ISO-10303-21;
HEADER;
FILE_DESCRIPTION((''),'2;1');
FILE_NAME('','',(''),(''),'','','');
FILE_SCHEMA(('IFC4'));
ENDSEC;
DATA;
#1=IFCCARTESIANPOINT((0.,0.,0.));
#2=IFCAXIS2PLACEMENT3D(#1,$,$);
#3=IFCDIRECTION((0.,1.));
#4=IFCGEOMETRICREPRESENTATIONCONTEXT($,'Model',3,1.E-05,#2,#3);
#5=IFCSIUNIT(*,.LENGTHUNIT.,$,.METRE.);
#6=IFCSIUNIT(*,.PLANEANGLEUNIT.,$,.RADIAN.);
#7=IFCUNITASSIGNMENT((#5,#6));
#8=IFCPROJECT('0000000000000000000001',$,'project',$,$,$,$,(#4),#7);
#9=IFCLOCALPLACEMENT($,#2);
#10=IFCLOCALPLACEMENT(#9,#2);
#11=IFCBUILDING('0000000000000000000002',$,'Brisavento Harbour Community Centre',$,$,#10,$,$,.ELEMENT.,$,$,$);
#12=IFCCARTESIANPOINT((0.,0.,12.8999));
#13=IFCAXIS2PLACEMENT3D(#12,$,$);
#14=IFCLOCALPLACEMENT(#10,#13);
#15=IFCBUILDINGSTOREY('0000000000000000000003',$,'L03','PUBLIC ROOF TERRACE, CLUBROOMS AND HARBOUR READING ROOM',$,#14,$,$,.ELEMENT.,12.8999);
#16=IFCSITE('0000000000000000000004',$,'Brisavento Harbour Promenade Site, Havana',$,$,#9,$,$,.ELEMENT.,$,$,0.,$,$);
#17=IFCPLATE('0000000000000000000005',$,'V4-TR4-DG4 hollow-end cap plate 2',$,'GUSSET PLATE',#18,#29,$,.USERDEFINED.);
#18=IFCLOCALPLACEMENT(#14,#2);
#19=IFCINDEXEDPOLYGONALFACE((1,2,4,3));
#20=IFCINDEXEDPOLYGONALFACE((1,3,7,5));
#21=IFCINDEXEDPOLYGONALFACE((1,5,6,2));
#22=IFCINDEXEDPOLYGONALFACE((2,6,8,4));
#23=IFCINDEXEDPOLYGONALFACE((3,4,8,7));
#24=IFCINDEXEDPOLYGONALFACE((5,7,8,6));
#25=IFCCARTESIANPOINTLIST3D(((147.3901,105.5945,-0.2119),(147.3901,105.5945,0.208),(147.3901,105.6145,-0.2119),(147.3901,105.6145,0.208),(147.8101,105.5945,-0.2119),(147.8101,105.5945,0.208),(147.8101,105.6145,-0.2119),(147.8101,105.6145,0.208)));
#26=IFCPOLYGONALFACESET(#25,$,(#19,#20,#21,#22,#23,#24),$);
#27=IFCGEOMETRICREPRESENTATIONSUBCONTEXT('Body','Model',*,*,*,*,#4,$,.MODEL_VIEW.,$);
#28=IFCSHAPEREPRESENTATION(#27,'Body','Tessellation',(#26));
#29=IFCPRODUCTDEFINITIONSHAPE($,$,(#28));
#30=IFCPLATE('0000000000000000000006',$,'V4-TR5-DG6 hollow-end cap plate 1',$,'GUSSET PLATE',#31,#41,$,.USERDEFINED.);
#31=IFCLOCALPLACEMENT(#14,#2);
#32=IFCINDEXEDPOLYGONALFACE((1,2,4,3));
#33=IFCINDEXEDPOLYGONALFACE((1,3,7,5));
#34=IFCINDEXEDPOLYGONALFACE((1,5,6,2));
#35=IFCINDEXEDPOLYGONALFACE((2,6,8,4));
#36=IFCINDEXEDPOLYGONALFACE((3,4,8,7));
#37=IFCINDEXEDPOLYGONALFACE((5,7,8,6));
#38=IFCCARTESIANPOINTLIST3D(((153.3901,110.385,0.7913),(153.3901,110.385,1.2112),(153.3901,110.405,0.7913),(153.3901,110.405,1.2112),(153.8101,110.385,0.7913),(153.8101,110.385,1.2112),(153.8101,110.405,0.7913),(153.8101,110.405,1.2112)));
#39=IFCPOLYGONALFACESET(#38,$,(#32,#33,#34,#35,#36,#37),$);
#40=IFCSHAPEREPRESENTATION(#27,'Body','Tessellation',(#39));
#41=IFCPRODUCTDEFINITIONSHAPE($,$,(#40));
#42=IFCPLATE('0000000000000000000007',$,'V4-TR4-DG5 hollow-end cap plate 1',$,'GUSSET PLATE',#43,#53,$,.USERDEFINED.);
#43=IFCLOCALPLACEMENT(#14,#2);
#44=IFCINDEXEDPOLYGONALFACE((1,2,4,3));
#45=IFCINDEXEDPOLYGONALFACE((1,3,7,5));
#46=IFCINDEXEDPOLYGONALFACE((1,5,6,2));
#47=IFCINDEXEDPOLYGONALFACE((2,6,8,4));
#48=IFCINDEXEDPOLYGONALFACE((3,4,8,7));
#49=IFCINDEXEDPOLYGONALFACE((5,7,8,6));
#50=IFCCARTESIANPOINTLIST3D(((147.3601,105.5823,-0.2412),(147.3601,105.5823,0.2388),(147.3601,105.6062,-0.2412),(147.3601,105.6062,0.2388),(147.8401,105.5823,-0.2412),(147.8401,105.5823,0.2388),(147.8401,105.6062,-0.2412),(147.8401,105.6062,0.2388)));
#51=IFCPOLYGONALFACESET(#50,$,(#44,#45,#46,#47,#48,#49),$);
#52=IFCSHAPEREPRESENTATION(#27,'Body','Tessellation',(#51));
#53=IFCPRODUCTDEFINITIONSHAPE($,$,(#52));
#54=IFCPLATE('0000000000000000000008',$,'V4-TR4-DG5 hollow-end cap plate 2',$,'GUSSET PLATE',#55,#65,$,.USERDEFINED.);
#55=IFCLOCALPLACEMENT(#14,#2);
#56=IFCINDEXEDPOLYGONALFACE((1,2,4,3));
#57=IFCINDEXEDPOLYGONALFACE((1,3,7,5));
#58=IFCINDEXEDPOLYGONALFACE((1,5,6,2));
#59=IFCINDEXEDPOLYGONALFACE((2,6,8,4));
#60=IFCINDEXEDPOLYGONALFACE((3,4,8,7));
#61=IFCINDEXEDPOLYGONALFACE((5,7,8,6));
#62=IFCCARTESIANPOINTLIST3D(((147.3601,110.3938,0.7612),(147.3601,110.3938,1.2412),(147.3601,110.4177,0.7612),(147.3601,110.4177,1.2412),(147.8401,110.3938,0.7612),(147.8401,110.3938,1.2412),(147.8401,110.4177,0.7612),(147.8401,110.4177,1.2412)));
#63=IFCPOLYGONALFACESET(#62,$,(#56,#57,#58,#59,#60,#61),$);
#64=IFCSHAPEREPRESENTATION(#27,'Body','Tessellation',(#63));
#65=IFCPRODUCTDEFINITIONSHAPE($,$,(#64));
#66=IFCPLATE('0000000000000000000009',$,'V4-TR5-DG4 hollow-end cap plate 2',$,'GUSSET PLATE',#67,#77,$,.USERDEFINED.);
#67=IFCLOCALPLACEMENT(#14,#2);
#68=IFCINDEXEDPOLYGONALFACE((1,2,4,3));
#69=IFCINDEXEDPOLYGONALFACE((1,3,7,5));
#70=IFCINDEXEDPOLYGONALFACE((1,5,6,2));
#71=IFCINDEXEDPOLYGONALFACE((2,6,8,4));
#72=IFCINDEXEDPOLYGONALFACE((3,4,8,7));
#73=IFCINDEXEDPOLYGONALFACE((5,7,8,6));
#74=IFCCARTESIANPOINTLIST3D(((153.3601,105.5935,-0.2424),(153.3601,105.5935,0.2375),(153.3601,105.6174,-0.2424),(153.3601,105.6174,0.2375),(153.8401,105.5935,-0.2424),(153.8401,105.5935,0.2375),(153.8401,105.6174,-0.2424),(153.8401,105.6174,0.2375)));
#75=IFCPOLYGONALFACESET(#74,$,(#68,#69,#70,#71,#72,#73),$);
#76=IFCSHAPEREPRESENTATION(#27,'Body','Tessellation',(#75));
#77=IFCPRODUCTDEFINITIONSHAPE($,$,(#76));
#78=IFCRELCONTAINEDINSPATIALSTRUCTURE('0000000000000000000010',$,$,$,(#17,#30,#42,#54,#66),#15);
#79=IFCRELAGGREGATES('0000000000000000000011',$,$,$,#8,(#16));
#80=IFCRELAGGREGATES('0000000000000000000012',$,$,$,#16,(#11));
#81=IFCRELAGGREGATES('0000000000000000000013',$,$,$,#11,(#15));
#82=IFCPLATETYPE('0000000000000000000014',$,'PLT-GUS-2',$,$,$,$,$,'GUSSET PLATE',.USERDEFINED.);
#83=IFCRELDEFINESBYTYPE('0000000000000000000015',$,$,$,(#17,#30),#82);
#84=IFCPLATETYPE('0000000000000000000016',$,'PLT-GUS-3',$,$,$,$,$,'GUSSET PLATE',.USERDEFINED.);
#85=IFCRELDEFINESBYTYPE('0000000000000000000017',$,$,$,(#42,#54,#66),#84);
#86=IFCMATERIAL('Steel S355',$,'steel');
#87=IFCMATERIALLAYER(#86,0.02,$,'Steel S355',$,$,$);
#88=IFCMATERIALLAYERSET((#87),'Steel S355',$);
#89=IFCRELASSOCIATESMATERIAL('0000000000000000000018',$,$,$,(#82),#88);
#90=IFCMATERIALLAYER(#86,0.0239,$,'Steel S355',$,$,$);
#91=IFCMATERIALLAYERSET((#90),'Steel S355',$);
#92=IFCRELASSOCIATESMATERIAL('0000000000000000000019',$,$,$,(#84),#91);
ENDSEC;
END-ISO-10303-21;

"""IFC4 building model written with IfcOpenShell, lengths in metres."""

from ifc_helpers import new_model, si_unit, direction, frame, origin, origin_2d, place, context, subcontext, project, spatial, rectangle, extrude, material, layer, layer_set, type_object, element, save


model = new_model("IFC4")

# Units and contexts
model_context = context("Model", 3, precision=1e-05, world=origin(), true_north=direction((0.0, 1.0)))
body_context = subcontext(model_context, "Body", "Model", "MODEL_VIEW")
ifc_project = project(units=[si_unit("LENGTHUNIT", "METRE"), si_unit("PLANEANGLEUNIT", "RADIAN")], contexts=[model_context])

# Site, building, storey
site_placement = place(None, origin())
site = spatial("IfcSite", under=ifc_project, at=site_placement, Name="Brisavento Harbour Promenade Site, Havana", CompositionType="ELEMENT", RefElevation=0.0)
building_placement = place(site_placement, origin())
building = spatial("IfcBuilding", under=site, at=building_placement, Name="Brisavento Harbour Community Centre", CompositionType="ELEMENT")
storey_placement = place(building_placement, frame((0.0, 0.0, 12.8999)))
storey = spatial("IfcBuildingStorey", under=building, at=storey_placement, Name="L03", Description="PUBLIC ROOF TERRACE, CLUBROOMS AND HARBOUR READING ROOM", CompositionType="ELEMENT", Elevation=12.8999)

# Shared definitions
ifc_material = material(Name="Steel S355", Category="steel")

# Plates
ifc_layer_1 = layer(ifc_material, 0.02, Name="Steel S355")
ifc_layer_set_1 = layer_set([ifc_layer_1], Name="Steel S355")
plate_type_1 = type_object("IfcPlateType", Name="PLT-GUS-2", ElementType="GUSSET PLATE", PredefinedType="USERDEFINED", material=ifc_layer_set_1)
for number, where, z_axis, x_axis, name in (
    (1, (147.6001, 105.6045, -0.2119), (0.0, 0.0, 1.0), (0.0, 1.0, 0.0), "V4-TR4-DG4 hollow-end cap plate 2"),
    (2, (153.6001, 110.395, 0.7913), (0.0, 0.0, 1.0), (0.0, 1.0, 0.0), "V4-TR5-DG6 hollow-end cap plate 1"),
):
    element("IfcPlate", number, at=place(storey_placement, frame(where, z_axis=z_axis, x_axis=x_axis)), inside=storey, type_object=plate_type_1, Name=name, ObjectType="GUSSET PLATE", PredefinedType="USERDEFINED", context=body_context, shape_type="SweptSolid", body=[
        extrude(rectangle(XDim=0.02, YDim=0.4199, at=origin_2d()), origin(), (0.0, 0.0, 1.0), 0.4199),
    ])
ifc_layer_2 = layer(ifc_material, 0.0239, Name="Steel S355")
ifc_layer_set_2 = layer_set([ifc_layer_2], Name="Steel S355")
plate_type_2 = type_object("IfcPlateType", Name="PLT-GUS-3", ElementType="GUSSET PLATE", PredefinedType="USERDEFINED", material=ifc_layer_set_2)
for number, where, z_axis, x_axis, name in (
    (3, (147.6001, 105.5942, -0.2412), (0.0, 0.0, 1.0), (0.0, 1.0, 0.0), "V4-TR4-DG5 hollow-end cap plate 1"),
    (4, (147.6001, 110.4058, 0.7612), (0.0, 0.0, 1.0), (0.0, 1.0, 0.0), "V4-TR4-DG5 hollow-end cap plate 2"),
    (5, (153.6001, 105.6055, -0.2424), (0.0, 0.0, 1.0), (0.0, 1.0, 0.0), "V4-TR5-DG4 hollow-end cap plate 2"),
):
    element("IfcPlate", number, at=place(storey_placement, frame(where, z_axis=z_axis, x_axis=x_axis)), inside=storey, type_object=plate_type_2, Name=name, ObjectType="GUSSET PLATE", PredefinedType="USERDEFINED", context=body_context, shape_type="SweptSolid", body=[
        extrude(rectangle(XDim=0.0239, YDim=0.48, at=origin_2d()), origin(), (0.0, 0.0, 1.0), 0.48),
    ])

save(model, "model.ifc")
